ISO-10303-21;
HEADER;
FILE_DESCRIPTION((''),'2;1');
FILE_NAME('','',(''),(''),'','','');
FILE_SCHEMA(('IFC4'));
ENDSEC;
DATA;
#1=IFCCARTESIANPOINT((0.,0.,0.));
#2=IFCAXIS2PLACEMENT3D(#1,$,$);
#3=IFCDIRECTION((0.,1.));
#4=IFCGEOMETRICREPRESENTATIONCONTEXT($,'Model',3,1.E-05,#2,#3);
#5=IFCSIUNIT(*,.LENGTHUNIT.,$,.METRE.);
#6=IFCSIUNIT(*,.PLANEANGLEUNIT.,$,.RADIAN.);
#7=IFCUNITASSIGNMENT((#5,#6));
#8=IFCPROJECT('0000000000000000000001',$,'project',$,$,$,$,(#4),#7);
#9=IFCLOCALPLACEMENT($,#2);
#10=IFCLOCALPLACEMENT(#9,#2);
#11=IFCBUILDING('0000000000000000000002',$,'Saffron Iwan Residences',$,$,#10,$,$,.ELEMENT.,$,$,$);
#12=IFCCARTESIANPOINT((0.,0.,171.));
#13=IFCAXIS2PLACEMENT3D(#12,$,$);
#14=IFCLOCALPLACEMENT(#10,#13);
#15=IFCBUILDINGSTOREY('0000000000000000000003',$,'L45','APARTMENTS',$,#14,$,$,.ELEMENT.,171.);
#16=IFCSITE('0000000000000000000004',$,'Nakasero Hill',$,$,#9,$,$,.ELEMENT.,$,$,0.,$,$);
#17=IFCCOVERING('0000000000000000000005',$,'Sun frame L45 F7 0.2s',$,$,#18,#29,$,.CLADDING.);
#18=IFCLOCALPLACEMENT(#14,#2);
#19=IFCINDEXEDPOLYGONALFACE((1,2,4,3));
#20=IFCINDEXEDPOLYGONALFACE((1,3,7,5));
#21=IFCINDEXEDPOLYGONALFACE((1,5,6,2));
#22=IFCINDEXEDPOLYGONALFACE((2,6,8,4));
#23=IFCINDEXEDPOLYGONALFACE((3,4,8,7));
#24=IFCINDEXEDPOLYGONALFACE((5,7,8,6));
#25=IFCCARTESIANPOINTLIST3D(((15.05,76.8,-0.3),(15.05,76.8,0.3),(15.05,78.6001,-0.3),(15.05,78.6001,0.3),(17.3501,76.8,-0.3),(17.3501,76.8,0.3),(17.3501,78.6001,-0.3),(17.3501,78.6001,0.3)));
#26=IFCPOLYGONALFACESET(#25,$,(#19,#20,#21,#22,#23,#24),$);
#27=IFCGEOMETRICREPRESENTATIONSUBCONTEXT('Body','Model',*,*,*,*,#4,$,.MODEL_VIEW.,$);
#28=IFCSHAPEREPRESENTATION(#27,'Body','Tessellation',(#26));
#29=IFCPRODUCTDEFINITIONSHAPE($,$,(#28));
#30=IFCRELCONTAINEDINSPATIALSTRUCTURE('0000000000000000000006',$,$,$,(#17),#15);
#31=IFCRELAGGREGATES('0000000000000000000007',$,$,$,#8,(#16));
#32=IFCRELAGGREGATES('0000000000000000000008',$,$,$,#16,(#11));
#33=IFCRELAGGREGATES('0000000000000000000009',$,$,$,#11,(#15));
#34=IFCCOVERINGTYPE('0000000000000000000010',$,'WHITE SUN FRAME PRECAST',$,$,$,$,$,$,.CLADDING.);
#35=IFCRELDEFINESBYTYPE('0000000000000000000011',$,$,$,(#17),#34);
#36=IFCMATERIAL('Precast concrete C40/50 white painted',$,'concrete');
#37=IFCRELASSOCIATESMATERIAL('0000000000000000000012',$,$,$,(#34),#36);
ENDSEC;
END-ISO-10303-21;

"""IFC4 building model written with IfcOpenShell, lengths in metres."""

from ifc_helpers import new_model, si_unit, direction, frame, origin, place, context, subcontext, project, spatial, polyline, outline, extrude, material, type_object, element, save


model = new_model("IFC4")

# Units and contexts
model_context = context("Model", 3, precision=1e-05, world=origin(), true_north=direction((0.0, 1.0)))
body_context = subcontext(model_context, "Body", "Model", "MODEL_VIEW")
ifc_project = project(units=[si_unit("LENGTHUNIT", "METRE"), si_unit("PLANEANGLEUNIT", "RADIAN")], contexts=[model_context])

# Site, building, storey
site_placement = place(None, origin())
site = spatial("IfcSite", under=ifc_project, at=site_placement, Name="Nakasero Hill", CompositionType="ELEMENT", RefElevation=0.0)
building_placement = place(site_placement, origin())
building = spatial("IfcBuilding", under=site, at=building_placement, Name="Saffron Iwan Residences", CompositionType="ELEMENT")
storey_placement = place(building_placement, frame((0.0, 0.0, 171.0)))
storey = spatial("IfcBuildingStorey", under=building, at=storey_placement, Name="L45", Description="APARTMENTS", CompositionType="ELEMENT", Elevation=171.0)

# Covering
ifc_material_1 = material(Name="Precast concrete C40/50 white painted", Category="concrete")
covering_type_1 = type_object("IfcCoveringType", Name="WHITE SUN FRAME PRECAST", PredefinedType="CLADDING", material=ifc_material_1)
for number, where, z_axis, x_axis, name in (
    (1, (17.3501, 76.8, -0.3), (0.0, 1.0, 0.0), (-1.0, 0.0, 0.0), "Sun frame L45 F7 0.2s"),
):
    element("IfcCovering", number, at=place(storey_placement, frame(where, z_axis=z_axis, x_axis=x_axis)), inside=storey, type_object=covering_type_1, Name=name, PredefinedType="CLADDING", context=body_context, shape_type="SweptSolid", body=[
        extrude(outline(polyline([(0.0, 0.0), (2.3, 0.0), (2.3, 0.6001), (0.0, 0.6001), (0.0, 0.0)])), origin(), (0.0, 0.0, 1.0), 1.8),
    ])

save(model, "model.ifc")
